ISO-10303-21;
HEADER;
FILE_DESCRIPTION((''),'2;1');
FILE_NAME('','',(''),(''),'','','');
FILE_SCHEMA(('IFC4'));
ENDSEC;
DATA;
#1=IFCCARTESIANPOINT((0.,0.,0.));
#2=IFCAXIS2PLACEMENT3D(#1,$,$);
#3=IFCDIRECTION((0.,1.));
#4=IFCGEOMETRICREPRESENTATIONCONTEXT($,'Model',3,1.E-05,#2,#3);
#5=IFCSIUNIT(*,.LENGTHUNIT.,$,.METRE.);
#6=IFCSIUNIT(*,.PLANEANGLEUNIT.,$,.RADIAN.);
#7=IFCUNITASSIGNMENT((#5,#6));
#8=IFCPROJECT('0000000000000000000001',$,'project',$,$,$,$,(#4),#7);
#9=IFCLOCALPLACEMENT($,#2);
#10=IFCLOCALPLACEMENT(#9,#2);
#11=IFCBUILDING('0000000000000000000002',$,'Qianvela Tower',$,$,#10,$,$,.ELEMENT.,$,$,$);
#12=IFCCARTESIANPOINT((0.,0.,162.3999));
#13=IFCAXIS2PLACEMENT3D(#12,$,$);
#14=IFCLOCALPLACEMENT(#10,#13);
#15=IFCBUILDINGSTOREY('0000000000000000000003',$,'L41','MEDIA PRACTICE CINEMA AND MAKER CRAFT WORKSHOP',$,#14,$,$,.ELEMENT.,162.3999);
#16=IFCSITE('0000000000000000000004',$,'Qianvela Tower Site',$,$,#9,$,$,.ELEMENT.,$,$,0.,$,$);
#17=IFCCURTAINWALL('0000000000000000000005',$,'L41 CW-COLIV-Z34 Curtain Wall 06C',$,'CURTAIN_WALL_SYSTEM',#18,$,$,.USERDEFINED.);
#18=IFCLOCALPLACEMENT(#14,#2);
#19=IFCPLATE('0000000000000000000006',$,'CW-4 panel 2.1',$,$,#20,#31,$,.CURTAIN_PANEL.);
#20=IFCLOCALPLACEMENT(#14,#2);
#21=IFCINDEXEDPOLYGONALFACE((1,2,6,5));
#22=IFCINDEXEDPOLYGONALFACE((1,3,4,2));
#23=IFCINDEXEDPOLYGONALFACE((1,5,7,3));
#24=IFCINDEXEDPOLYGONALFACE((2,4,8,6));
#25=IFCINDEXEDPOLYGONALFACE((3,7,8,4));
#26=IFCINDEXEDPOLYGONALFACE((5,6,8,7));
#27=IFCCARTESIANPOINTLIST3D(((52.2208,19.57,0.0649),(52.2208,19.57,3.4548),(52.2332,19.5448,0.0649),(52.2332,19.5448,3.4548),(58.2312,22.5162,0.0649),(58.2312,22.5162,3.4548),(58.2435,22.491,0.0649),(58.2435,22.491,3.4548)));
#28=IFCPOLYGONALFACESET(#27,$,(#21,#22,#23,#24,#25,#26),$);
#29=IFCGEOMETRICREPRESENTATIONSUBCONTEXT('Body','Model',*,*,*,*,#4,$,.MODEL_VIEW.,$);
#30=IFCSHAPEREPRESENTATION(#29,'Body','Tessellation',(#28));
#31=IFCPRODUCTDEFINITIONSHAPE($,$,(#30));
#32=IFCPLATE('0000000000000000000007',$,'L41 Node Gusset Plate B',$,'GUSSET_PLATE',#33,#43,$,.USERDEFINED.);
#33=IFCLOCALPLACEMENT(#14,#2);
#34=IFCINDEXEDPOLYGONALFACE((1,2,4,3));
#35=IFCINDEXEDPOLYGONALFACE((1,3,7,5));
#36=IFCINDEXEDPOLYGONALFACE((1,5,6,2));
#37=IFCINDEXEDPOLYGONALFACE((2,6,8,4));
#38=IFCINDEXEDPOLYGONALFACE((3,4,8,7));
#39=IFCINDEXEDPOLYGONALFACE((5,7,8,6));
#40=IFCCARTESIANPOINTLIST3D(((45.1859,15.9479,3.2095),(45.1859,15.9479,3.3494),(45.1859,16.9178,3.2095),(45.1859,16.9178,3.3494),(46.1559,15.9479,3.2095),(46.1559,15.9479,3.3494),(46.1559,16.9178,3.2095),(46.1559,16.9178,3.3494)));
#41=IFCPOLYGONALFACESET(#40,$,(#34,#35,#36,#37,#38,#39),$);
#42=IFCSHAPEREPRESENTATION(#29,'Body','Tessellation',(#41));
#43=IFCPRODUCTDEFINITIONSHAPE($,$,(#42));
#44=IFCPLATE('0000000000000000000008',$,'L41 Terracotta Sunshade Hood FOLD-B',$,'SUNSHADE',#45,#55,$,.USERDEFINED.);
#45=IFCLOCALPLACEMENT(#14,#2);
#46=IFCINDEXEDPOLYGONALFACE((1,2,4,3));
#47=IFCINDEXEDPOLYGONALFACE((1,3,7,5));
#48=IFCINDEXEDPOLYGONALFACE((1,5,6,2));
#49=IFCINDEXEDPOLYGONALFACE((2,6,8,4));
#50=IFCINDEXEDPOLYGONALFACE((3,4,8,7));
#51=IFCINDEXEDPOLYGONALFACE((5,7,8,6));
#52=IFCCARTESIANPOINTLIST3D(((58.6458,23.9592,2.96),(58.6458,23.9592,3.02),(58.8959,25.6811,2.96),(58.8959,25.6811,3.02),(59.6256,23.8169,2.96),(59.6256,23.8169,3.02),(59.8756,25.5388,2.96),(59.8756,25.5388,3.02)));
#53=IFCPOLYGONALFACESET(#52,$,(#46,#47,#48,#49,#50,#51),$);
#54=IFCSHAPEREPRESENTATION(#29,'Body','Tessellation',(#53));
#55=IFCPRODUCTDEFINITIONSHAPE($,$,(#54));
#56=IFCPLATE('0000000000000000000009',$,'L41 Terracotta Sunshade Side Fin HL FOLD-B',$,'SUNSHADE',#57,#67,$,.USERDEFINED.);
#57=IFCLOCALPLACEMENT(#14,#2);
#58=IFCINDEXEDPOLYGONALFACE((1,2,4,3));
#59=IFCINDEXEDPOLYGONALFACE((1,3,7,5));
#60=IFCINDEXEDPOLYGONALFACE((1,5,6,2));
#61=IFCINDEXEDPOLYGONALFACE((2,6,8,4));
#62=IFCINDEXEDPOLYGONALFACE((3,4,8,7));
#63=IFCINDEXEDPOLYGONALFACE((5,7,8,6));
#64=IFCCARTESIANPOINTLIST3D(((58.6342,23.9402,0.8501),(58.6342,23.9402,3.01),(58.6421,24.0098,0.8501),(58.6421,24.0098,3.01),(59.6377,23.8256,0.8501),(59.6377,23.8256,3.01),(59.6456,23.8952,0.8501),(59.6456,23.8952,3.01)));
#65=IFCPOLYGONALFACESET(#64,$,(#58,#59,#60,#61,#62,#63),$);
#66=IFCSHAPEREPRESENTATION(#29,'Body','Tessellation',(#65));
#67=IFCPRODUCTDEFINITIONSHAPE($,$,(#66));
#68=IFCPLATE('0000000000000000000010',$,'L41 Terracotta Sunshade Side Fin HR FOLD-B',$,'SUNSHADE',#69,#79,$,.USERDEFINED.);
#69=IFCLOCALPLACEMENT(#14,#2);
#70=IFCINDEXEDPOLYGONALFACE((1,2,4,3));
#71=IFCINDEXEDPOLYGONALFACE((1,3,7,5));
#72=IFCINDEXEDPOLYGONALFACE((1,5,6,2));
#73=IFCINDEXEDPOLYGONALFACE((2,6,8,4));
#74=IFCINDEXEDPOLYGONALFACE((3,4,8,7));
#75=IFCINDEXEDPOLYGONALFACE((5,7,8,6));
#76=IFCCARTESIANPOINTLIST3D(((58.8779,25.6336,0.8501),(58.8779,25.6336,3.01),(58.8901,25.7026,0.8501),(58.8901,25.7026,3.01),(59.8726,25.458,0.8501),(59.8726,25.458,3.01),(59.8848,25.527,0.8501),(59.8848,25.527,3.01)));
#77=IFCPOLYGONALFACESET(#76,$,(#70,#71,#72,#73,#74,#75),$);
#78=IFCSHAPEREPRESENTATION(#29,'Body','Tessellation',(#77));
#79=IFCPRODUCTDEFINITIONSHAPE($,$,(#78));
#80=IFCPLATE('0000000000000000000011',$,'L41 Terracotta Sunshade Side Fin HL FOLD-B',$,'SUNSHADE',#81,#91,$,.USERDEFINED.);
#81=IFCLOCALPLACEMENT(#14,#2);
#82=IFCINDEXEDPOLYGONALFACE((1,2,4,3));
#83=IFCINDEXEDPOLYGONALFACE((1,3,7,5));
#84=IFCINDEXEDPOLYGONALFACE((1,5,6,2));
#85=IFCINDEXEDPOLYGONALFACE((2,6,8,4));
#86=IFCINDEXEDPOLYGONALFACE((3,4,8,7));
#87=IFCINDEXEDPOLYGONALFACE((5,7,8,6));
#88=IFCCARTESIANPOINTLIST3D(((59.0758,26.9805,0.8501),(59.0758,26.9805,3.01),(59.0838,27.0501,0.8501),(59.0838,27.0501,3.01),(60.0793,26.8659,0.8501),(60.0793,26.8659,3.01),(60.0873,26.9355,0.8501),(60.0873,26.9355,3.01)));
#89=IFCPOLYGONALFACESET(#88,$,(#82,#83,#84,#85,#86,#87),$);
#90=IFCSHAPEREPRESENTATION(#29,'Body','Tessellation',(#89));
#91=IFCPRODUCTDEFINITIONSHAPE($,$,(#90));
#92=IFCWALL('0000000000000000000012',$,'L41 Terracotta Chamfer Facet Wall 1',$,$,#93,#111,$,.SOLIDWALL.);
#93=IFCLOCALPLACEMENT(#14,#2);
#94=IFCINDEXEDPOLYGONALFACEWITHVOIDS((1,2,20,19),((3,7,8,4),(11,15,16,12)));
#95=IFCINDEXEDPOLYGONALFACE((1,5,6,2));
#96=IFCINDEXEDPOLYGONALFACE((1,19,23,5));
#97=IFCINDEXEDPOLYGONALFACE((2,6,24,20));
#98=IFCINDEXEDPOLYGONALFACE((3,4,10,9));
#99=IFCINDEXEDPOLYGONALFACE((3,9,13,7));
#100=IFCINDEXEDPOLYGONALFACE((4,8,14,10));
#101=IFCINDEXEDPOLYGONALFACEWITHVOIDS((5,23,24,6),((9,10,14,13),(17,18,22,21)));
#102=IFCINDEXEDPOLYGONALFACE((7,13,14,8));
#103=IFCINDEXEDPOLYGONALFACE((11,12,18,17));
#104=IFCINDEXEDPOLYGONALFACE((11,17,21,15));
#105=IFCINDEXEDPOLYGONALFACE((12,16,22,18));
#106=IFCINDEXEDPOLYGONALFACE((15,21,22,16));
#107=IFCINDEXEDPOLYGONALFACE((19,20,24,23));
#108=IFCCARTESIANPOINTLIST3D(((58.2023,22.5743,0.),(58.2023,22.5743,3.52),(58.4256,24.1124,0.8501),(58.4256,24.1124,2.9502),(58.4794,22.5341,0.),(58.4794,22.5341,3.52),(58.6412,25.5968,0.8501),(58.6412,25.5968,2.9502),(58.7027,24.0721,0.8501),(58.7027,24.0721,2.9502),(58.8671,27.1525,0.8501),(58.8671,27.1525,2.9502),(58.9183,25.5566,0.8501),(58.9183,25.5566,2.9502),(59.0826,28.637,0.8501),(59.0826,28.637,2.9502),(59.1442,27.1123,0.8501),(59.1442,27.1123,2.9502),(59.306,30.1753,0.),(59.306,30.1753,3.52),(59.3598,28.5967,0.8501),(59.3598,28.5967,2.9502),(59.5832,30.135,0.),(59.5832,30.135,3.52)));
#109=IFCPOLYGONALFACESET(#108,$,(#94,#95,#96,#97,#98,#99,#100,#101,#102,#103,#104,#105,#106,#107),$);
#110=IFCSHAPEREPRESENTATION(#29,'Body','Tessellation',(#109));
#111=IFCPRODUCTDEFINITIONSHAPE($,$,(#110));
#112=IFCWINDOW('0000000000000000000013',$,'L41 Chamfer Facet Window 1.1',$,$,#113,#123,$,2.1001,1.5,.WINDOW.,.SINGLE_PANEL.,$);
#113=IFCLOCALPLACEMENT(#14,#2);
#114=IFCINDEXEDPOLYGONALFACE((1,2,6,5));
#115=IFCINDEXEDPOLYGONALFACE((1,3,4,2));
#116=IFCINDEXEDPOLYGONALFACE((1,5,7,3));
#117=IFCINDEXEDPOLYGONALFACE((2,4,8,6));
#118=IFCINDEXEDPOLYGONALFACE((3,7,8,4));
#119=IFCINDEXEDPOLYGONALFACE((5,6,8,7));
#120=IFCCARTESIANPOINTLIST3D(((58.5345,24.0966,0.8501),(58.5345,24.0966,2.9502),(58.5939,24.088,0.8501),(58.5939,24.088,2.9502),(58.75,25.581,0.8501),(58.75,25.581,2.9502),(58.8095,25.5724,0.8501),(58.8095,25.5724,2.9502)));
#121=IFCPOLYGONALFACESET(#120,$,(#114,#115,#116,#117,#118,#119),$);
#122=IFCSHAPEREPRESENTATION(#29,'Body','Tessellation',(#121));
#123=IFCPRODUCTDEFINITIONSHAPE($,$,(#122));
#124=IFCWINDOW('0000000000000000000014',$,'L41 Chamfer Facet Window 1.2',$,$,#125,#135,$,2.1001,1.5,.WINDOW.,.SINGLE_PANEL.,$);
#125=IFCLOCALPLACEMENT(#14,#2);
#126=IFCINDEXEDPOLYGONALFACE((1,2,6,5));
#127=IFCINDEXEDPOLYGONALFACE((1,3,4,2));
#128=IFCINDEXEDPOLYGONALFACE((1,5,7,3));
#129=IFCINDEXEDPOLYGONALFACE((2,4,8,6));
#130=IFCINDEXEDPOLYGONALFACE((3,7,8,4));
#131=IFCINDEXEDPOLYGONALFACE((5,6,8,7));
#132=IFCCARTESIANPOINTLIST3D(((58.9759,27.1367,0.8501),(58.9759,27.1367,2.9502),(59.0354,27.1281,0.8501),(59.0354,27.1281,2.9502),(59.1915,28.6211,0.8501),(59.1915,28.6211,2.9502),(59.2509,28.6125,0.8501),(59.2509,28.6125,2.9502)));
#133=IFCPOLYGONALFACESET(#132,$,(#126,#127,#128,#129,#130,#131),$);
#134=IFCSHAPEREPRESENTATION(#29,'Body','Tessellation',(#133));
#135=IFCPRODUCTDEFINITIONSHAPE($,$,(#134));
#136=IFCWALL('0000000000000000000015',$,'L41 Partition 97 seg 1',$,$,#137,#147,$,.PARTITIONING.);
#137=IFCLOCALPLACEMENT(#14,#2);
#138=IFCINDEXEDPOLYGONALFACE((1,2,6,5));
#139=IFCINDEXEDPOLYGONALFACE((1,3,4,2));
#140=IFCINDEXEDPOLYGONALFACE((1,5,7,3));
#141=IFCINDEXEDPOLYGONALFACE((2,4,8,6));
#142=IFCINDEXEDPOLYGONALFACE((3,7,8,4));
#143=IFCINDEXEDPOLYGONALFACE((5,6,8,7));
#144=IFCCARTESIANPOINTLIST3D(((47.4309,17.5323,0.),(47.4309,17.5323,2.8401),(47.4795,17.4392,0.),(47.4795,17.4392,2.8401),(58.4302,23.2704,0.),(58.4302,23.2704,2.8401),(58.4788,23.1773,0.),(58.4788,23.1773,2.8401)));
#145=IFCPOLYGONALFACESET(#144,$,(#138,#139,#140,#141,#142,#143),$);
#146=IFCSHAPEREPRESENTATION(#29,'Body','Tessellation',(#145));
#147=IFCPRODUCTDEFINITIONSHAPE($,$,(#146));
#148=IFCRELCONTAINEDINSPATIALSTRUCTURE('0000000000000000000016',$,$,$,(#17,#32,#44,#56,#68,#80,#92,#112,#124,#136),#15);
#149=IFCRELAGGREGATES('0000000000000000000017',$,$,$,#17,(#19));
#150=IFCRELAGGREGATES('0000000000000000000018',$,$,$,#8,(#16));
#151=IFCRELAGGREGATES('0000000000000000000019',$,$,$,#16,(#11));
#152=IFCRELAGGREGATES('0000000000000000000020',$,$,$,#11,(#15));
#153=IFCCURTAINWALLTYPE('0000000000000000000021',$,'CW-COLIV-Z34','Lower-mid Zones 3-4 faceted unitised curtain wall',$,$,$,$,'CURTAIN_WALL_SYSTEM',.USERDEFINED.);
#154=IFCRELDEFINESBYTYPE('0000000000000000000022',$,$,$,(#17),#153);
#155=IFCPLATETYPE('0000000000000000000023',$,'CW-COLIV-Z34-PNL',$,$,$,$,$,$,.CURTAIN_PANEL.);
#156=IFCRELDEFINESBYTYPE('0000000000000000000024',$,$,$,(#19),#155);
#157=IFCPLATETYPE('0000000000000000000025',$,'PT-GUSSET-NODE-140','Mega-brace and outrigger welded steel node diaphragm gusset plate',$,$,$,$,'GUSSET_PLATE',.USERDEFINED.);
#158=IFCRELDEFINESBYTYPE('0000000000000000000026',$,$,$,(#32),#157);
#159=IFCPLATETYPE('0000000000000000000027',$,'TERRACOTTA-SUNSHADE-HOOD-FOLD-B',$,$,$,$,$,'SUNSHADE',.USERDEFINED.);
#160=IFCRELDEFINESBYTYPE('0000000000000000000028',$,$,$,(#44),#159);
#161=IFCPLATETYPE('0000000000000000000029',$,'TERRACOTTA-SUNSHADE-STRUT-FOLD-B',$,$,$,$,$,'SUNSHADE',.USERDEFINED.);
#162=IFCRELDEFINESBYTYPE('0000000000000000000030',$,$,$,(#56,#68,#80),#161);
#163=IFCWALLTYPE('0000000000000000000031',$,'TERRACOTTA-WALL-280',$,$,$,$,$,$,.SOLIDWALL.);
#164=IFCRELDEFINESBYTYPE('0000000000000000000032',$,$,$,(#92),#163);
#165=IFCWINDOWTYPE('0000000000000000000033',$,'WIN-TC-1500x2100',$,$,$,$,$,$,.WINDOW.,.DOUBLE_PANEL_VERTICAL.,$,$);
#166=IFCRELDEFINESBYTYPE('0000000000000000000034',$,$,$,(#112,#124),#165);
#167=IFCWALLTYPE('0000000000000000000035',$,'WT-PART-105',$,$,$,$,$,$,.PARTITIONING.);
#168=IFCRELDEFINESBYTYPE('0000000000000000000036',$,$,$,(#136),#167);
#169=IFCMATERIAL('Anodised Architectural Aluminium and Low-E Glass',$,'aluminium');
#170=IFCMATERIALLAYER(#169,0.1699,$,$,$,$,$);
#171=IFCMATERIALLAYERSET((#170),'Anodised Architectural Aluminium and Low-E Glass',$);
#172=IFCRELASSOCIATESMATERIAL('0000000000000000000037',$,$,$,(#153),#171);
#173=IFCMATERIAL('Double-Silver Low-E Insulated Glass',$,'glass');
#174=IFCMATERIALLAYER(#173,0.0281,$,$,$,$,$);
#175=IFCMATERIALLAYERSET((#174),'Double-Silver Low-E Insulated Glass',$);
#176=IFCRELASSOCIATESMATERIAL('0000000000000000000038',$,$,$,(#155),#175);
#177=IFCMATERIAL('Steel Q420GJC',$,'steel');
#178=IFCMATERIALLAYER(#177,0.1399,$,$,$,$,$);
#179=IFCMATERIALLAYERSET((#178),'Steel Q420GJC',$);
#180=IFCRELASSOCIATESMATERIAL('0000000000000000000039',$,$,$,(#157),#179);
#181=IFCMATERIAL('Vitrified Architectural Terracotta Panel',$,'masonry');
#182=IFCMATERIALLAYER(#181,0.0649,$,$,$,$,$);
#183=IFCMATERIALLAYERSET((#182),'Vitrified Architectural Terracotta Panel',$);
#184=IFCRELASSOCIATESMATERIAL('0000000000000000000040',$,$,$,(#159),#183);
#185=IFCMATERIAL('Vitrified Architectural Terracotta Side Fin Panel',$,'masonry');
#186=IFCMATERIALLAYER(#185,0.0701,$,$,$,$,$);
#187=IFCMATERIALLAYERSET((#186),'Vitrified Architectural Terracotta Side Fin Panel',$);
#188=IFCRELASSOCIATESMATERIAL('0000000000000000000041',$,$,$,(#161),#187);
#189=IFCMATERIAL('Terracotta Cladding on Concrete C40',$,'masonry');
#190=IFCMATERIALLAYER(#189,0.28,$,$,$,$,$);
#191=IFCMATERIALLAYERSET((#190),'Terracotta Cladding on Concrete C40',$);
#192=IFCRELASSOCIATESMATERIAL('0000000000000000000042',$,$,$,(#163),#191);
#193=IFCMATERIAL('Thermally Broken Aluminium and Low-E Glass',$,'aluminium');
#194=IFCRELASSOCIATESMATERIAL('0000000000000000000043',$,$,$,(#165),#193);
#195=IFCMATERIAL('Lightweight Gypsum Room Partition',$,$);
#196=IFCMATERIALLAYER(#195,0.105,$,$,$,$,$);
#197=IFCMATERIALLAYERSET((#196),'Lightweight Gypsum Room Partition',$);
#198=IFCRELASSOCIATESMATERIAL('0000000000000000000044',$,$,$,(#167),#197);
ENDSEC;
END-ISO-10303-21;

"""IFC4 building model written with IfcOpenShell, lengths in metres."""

from ifc_helpers import new_model, si_unit, direction, frame, frame_2d, origin, origin_2d, place, context, subcontext, project, spatial, rectangle, extrude, material, layer, layer_set, type_object, element, fill, aggregate, save


model = new_model("IFC4")

# Units and contexts
model_context = context("Model", 3, precision=1e-05, world=origin(), true_north=direction((0.0, 1.0)))
body_context = subcontext(model_context, "Body", "Model", "MODEL_VIEW")
ifc_project = project(units=[si_unit("LENGTHUNIT", "METRE"), si_unit("PLANEANGLEUNIT", "RADIAN")], contexts=[model_context])

# Site, building, storey
site_placement = place(None, origin())
site = spatial("IfcSite", under=ifc_project, at=site_placement, Name="Qianvela Tower Site", CompositionType="ELEMENT", RefElevation=0.0)
building_placement = place(site_placement, origin())
building = spatial("IfcBuilding", under=site, at=building_placement, Name="Qianvela Tower", CompositionType="ELEMENT")
storey_placement = place(building_placement, frame((0.0, 0.0, 162.3999)))
storey = spatial("IfcBuildingStorey", under=building, at=storey_placement, Name="L41", Description="MEDIA PRACTICE CINEMA AND MAKER CRAFT WORKSHOP", CompositionType="ELEMENT", Elevation=162.3999)

# Curtain wall, plate
ifc_material_1 = material(Name="Anodised Architectural Aluminium and Low-E Glass", Category="aluminium")
ifc_layer_1 = layer(ifc_material_1, 0.1699)
ifc_layer_set_1 = layer_set([ifc_layer_1], Name="Anodised Architectural Aluminium and Low-E Glass")
curtain_wall_type_1 = type_object("IfcCurtainWallType", Name="CW-COLIV-Z34", Description="Lower-mid Zones 3-4 faceted unitised curtain wall", ElementType="CURTAIN_WALL_SYSTEM", PredefinedType="USERDEFINED", material=ifc_layer_set_1)
curtain_wall_1_placement = place(storey_placement, origin())
curtain_wall_1 = element("IfcCurtainWall", 1, at=curtain_wall_1_placement, inside=storey, type_object=curtain_wall_type_1, Name="L41 CW-COLIV-Z34 Curtain Wall 06C", ObjectType="CURTAIN_WALL_SYSTEM", PredefinedType="USERDEFINED")
ifc_material_2 = material(Name="Double-Silver Low-E Insulated Glass", Category="glass")
ifc_layer_2 = layer(ifc_material_2, 0.0281)
ifc_layer_set_2 = layer_set([ifc_layer_2], Name="Double-Silver Low-E Insulated Glass")
plate_type_1 = type_object("IfcPlateType", Name="CW-COLIV-Z34-PNL", PredefinedType="CURTAIN_PANEL", material=ifc_layer_set_2)
plate_1_placement = place(storey_placement, frame((55.2322, 21.0305, 0.0649), z_axis=(0.0, 0.0, 1.0), x_axis=(0.897926, 0.440146, 0.0)))
plate_1 = element("IfcPlate", 2, at=plate_1_placement, type_object=plate_type_1, Name="CW-4 panel 2.1", PredefinedType="CURTAIN_PANEL", context=body_context, shape_type="SweptSolid", body=[
    extrude(rectangle(XDim=6.6936, YDim=0.0281, at=origin_2d()), origin(), (0.0, 0.0, 1.0), 3.3899),
])
aggregate(curtain_wall_1, [plate_1])

# Plates
ifc_material_3 = material(Name="Steel Q420GJC", Category="steel")
ifc_layer_3 = layer(ifc_material_3, 0.1399)
ifc_layer_set_3 = layer_set([ifc_layer_3], Name="Steel Q420GJC")
plate_type_2 = type_object("IfcPlateType", Name="PT-GUSSET-NODE-140", Description="Mega-brace and outrigger welded steel node diaphragm gusset plate", ElementType="GUSSET_PLATE", PredefinedType="USERDEFINED", material=ifc_layer_set_3)
plate_2_placement = place(storey_placement, frame((45.6709, 16.4329, 3.2095), z_axis=(0.0, 0.0, 1.0), x_axis=(1.0, 0.0, 0.0)))
element("IfcPlate", 3, at=plate_2_placement, inside=storey, type_object=plate_type_2, Name="L41 Node Gusset Plate B", ObjectType="GUSSET_PLATE", PredefinedType="USERDEFINED", context=body_context, shape_type="SweptSolid", body=[
    extrude(rectangle(XDim=0.97, YDim=0.97, at=origin_2d()), origin(), (0.0, 0.0, 1.0), 0.1399),
])
ifc_material_4 = material(Name="Vitrified Architectural Terracotta Panel", Category="masonry")
ifc_layer_4 = layer(ifc_material_4, 0.0649)
ifc_layer_set_4 = layer_set([ifc_layer_4], Name="Vitrified Architectural Terracotta Panel")
plate_type_3 = type_object("IfcPlateType", Name="TERRACOTTA-SUNSHADE-HOOD-FOLD-B", ElementType="SUNSHADE", PredefinedType="USERDEFINED", material=ifc_layer_set_4)
plate_3_placement = place(storey_placement, frame((59.2607, 24.749, 2.96), z_axis=(0.0, 0.0, 1.0), x_axis=(0.143729, 0.989617, 0.0)))
element("IfcPlate", 4, at=plate_3_placement, inside=storey, type_object=plate_type_3, Name="L41 Terracotta Sunshade Hood FOLD-B", ObjectType="SUNSHADE", PredefinedType="USERDEFINED", context=body_context, shape_type="SweptSolid", body=[
    extrude(rectangle(XDim=1.74, YDim=0.99, at=origin_2d()), origin(), (0.0, 0.0, 1.0), 0.0601),
])
ifc_material_5 = material(Name="Vitrified Architectural Terracotta Side Fin Panel", Category="masonry")
ifc_layer_5 = layer(ifc_material_5, 0.0701)
ifc_layer_set_5 = layer_set([ifc_layer_5], Name="Vitrified Architectural Terracotta Side Fin Panel")
plate_type_4 = type_object("IfcPlateType", Name="TERRACOTTA-SUNSHADE-STRUT-FOLD-B", ElementType="SUNSHADE", PredefinedType="USERDEFINED", material=ifc_layer_set_5)
for number, where, z_axis, x_axis, name in (
    (5, (59.1399, 23.9177, 0.8501), (0.0, 0.0, 1.0), (0.113441, 0.993545, 0.0), "L41 Terracotta Sunshade Side Fin HL FOLD-B"),
    (6, (59.3813, 25.5803, 0.8501), (0.0, 0.0, 1.0), (0.173884, 0.984766, 0.0), "L41 Terracotta Sunshade Side Fin HR FOLD-B"),
    (7, (59.5815, 26.958, 0.8501), (0.0, 0.0, 1.0), (0.113441, 0.993545, 0.0), "L41 Terracotta Sunshade Side Fin HL FOLD-B"),
):
    element("IfcPlate", number, at=place(storey_placement, frame(where, z_axis=z_axis, x_axis=x_axis)), inside=storey, type_object=plate_type_4, Name=name, ObjectType="SUNSHADE", PredefinedType="USERDEFINED", context=body_context, shape_type="SweptSolid", body=[
        extrude(rectangle(XDim=0.0701, YDim=1.01, at=origin_2d()), origin(), (0.0, 0.0, 1.0), 2.1599),
    ])

# Wall, openings, windows
ifc_material_6 = material(Name="Terracotta Cladding on Concrete C40", Category="masonry")
ifc_layer_6 = layer(ifc_material_6, 0.28)
ifc_layer_set_6 = layer_set([ifc_layer_6], Name="Terracotta Cladding on Concrete C40")
wall_type_1 = type_object("IfcWallType", Name="TERRACOTTA-WALL-280", PredefinedType="SOLIDWALL", material=ifc_layer_set_6)
wall_1_placement = place(storey_placement, frame((58.3408, 22.5542, 0.0), z_axis=(0.0, 0.0, 1.0), x_axis=(0.143708, 0.98962, 0.0)))
wall_1 = element("IfcWall", 8, at=wall_1_placement, inside=storey, type_object=wall_type_1, Name="L41 Terracotta Chamfer Facet Wall 1", PredefinedType="SOLIDWALL", context=body_context, shape_type="SweptSolid", body=[
    extrude(rectangle(XDim=7.6807, YDim=0.28, at=frame_2d((3.8403, 0.0))), origin(), (0.0, 0.0, 1.0), 3.52),
])
opening_1_placement = place(wall_1_placement, frame((1.5542, 0.0, 0.8501)))
opening_1 = element("IfcOpeningElement", 9, at=opening_1_placement, cuts=wall_1, PredefinedType="OPENING", context=body_context, shape_type="SweptSolid", body=[
    extrude(rectangle(XDim=1.5, YDim=2.1001, at=frame_2d((0.75, 1.05))), frame((0.0, 0.1499, 0.0), z_axis=(0.0, -1.0, 0.0), x_axis=(1.0, 0.0, 0.0)), (0.0, 0.0, 1.0), 0.3),
])
opening_2_placement = place(wall_1_placement, frame((4.6262, 0.0, 0.8501)))
opening_2 = element("IfcOpeningElement", 10, at=opening_2_placement, cuts=wall_1, PredefinedType="OPENING", context=body_context, shape_type="SweptSolid", body=[
    extrude(rectangle(XDim=1.5, YDim=2.1001, at=frame_2d((0.75, 1.05))), frame((0.0, 0.1499, 0.0), z_axis=(0.0, -1.0, 0.0), x_axis=(1.0, 0.0, 0.0)), (0.0, 0.0, 1.0), 0.3),
])
ifc_material_7 = material(Name="Thermally Broken Aluminium and Low-E Glass", Category="aluminium")
window_type = type_object("IfcWindowType", Name="WIN-TC-1500x2100", PartitioningType="DOUBLE_PANEL_VERTICAL", PredefinedType="WINDOW", material=ifc_material_7)
window_1_placement = place(opening_1_placement, origin())
window_1 = element("IfcWindow", 11, at=window_1_placement, inside=storey, type_object=window_type, Name="L41 Chamfer Facet Window 1.1", OverallHeight=2.1001, OverallWidth=1.5, PartitioningType="SINGLE_PANEL", PredefinedType="WINDOW", context=body_context, shape_type="SweptSolid", body=[
    extrude(rectangle(XDim=1.5, YDim=2.1001, at=frame_2d((0.75, 1.05))), frame((0.0, 0.03, 0.0), z_axis=(0.0, -1.0, 0.0), x_axis=(1.0, 0.0, 0.0)), (0.0, 0.0, 1.0), 0.0601),
])
fill(opening_1, window_1)
window_2_placement = place(opening_2_placement, origin())
window_2 = element("IfcWindow", 12, at=window_2_placement, inside=storey, type_object=window_type, Name="L41 Chamfer Facet Window 1.2", OverallHeight=2.1001, OverallWidth=1.5, PartitioningType="SINGLE_PANEL", PredefinedType="WINDOW", context=body_context, shape_type="SweptSolid", body=[
    extrude(rectangle(XDim=1.5, YDim=2.1001, at=frame_2d((0.75, 1.05))), frame((0.0, 0.03, 0.0), z_axis=(0.0, -1.0, 0.0), x_axis=(1.0, 0.0, 0.0)), (0.0, 0.0, 1.0), 0.0601),
])
fill(opening_2, window_2)

# Wall
ifc_material_8 = material(Name="Lightweight Gypsum Room Partition")
ifc_layer_7 = layer(ifc_material_8, 0.105)
ifc_layer_set_7 = layer_set([ifc_layer_7], Name="Lightweight Gypsum Room Partition")
wall_type_2 = type_object("IfcWallType", Name="WT-PART-105", PredefinedType="PARTITIONING", material=ifc_layer_set_7)
wall_2_placement = place(storey_placement, frame((58.4546, 23.2239, 0.0), z_axis=(0.0, 0.0, 1.0), x_axis=(-0.886608, -0.462521, 0.0)))
element("IfcWall", 13, at=wall_2_placement, inside=storey, type_object=wall_type_2, Name="L41 Partition 97 seg 1", PredefinedType="PARTITIONING", context=body_context, shape_type="SweptSolid", body=[
    extrude(rectangle(XDim=12.406, YDim=0.105, at=frame_2d((6.2031, 0.0))), origin(), (0.0, 0.0, 1.0), 2.8401),
])

save(model, "model.ifc")
